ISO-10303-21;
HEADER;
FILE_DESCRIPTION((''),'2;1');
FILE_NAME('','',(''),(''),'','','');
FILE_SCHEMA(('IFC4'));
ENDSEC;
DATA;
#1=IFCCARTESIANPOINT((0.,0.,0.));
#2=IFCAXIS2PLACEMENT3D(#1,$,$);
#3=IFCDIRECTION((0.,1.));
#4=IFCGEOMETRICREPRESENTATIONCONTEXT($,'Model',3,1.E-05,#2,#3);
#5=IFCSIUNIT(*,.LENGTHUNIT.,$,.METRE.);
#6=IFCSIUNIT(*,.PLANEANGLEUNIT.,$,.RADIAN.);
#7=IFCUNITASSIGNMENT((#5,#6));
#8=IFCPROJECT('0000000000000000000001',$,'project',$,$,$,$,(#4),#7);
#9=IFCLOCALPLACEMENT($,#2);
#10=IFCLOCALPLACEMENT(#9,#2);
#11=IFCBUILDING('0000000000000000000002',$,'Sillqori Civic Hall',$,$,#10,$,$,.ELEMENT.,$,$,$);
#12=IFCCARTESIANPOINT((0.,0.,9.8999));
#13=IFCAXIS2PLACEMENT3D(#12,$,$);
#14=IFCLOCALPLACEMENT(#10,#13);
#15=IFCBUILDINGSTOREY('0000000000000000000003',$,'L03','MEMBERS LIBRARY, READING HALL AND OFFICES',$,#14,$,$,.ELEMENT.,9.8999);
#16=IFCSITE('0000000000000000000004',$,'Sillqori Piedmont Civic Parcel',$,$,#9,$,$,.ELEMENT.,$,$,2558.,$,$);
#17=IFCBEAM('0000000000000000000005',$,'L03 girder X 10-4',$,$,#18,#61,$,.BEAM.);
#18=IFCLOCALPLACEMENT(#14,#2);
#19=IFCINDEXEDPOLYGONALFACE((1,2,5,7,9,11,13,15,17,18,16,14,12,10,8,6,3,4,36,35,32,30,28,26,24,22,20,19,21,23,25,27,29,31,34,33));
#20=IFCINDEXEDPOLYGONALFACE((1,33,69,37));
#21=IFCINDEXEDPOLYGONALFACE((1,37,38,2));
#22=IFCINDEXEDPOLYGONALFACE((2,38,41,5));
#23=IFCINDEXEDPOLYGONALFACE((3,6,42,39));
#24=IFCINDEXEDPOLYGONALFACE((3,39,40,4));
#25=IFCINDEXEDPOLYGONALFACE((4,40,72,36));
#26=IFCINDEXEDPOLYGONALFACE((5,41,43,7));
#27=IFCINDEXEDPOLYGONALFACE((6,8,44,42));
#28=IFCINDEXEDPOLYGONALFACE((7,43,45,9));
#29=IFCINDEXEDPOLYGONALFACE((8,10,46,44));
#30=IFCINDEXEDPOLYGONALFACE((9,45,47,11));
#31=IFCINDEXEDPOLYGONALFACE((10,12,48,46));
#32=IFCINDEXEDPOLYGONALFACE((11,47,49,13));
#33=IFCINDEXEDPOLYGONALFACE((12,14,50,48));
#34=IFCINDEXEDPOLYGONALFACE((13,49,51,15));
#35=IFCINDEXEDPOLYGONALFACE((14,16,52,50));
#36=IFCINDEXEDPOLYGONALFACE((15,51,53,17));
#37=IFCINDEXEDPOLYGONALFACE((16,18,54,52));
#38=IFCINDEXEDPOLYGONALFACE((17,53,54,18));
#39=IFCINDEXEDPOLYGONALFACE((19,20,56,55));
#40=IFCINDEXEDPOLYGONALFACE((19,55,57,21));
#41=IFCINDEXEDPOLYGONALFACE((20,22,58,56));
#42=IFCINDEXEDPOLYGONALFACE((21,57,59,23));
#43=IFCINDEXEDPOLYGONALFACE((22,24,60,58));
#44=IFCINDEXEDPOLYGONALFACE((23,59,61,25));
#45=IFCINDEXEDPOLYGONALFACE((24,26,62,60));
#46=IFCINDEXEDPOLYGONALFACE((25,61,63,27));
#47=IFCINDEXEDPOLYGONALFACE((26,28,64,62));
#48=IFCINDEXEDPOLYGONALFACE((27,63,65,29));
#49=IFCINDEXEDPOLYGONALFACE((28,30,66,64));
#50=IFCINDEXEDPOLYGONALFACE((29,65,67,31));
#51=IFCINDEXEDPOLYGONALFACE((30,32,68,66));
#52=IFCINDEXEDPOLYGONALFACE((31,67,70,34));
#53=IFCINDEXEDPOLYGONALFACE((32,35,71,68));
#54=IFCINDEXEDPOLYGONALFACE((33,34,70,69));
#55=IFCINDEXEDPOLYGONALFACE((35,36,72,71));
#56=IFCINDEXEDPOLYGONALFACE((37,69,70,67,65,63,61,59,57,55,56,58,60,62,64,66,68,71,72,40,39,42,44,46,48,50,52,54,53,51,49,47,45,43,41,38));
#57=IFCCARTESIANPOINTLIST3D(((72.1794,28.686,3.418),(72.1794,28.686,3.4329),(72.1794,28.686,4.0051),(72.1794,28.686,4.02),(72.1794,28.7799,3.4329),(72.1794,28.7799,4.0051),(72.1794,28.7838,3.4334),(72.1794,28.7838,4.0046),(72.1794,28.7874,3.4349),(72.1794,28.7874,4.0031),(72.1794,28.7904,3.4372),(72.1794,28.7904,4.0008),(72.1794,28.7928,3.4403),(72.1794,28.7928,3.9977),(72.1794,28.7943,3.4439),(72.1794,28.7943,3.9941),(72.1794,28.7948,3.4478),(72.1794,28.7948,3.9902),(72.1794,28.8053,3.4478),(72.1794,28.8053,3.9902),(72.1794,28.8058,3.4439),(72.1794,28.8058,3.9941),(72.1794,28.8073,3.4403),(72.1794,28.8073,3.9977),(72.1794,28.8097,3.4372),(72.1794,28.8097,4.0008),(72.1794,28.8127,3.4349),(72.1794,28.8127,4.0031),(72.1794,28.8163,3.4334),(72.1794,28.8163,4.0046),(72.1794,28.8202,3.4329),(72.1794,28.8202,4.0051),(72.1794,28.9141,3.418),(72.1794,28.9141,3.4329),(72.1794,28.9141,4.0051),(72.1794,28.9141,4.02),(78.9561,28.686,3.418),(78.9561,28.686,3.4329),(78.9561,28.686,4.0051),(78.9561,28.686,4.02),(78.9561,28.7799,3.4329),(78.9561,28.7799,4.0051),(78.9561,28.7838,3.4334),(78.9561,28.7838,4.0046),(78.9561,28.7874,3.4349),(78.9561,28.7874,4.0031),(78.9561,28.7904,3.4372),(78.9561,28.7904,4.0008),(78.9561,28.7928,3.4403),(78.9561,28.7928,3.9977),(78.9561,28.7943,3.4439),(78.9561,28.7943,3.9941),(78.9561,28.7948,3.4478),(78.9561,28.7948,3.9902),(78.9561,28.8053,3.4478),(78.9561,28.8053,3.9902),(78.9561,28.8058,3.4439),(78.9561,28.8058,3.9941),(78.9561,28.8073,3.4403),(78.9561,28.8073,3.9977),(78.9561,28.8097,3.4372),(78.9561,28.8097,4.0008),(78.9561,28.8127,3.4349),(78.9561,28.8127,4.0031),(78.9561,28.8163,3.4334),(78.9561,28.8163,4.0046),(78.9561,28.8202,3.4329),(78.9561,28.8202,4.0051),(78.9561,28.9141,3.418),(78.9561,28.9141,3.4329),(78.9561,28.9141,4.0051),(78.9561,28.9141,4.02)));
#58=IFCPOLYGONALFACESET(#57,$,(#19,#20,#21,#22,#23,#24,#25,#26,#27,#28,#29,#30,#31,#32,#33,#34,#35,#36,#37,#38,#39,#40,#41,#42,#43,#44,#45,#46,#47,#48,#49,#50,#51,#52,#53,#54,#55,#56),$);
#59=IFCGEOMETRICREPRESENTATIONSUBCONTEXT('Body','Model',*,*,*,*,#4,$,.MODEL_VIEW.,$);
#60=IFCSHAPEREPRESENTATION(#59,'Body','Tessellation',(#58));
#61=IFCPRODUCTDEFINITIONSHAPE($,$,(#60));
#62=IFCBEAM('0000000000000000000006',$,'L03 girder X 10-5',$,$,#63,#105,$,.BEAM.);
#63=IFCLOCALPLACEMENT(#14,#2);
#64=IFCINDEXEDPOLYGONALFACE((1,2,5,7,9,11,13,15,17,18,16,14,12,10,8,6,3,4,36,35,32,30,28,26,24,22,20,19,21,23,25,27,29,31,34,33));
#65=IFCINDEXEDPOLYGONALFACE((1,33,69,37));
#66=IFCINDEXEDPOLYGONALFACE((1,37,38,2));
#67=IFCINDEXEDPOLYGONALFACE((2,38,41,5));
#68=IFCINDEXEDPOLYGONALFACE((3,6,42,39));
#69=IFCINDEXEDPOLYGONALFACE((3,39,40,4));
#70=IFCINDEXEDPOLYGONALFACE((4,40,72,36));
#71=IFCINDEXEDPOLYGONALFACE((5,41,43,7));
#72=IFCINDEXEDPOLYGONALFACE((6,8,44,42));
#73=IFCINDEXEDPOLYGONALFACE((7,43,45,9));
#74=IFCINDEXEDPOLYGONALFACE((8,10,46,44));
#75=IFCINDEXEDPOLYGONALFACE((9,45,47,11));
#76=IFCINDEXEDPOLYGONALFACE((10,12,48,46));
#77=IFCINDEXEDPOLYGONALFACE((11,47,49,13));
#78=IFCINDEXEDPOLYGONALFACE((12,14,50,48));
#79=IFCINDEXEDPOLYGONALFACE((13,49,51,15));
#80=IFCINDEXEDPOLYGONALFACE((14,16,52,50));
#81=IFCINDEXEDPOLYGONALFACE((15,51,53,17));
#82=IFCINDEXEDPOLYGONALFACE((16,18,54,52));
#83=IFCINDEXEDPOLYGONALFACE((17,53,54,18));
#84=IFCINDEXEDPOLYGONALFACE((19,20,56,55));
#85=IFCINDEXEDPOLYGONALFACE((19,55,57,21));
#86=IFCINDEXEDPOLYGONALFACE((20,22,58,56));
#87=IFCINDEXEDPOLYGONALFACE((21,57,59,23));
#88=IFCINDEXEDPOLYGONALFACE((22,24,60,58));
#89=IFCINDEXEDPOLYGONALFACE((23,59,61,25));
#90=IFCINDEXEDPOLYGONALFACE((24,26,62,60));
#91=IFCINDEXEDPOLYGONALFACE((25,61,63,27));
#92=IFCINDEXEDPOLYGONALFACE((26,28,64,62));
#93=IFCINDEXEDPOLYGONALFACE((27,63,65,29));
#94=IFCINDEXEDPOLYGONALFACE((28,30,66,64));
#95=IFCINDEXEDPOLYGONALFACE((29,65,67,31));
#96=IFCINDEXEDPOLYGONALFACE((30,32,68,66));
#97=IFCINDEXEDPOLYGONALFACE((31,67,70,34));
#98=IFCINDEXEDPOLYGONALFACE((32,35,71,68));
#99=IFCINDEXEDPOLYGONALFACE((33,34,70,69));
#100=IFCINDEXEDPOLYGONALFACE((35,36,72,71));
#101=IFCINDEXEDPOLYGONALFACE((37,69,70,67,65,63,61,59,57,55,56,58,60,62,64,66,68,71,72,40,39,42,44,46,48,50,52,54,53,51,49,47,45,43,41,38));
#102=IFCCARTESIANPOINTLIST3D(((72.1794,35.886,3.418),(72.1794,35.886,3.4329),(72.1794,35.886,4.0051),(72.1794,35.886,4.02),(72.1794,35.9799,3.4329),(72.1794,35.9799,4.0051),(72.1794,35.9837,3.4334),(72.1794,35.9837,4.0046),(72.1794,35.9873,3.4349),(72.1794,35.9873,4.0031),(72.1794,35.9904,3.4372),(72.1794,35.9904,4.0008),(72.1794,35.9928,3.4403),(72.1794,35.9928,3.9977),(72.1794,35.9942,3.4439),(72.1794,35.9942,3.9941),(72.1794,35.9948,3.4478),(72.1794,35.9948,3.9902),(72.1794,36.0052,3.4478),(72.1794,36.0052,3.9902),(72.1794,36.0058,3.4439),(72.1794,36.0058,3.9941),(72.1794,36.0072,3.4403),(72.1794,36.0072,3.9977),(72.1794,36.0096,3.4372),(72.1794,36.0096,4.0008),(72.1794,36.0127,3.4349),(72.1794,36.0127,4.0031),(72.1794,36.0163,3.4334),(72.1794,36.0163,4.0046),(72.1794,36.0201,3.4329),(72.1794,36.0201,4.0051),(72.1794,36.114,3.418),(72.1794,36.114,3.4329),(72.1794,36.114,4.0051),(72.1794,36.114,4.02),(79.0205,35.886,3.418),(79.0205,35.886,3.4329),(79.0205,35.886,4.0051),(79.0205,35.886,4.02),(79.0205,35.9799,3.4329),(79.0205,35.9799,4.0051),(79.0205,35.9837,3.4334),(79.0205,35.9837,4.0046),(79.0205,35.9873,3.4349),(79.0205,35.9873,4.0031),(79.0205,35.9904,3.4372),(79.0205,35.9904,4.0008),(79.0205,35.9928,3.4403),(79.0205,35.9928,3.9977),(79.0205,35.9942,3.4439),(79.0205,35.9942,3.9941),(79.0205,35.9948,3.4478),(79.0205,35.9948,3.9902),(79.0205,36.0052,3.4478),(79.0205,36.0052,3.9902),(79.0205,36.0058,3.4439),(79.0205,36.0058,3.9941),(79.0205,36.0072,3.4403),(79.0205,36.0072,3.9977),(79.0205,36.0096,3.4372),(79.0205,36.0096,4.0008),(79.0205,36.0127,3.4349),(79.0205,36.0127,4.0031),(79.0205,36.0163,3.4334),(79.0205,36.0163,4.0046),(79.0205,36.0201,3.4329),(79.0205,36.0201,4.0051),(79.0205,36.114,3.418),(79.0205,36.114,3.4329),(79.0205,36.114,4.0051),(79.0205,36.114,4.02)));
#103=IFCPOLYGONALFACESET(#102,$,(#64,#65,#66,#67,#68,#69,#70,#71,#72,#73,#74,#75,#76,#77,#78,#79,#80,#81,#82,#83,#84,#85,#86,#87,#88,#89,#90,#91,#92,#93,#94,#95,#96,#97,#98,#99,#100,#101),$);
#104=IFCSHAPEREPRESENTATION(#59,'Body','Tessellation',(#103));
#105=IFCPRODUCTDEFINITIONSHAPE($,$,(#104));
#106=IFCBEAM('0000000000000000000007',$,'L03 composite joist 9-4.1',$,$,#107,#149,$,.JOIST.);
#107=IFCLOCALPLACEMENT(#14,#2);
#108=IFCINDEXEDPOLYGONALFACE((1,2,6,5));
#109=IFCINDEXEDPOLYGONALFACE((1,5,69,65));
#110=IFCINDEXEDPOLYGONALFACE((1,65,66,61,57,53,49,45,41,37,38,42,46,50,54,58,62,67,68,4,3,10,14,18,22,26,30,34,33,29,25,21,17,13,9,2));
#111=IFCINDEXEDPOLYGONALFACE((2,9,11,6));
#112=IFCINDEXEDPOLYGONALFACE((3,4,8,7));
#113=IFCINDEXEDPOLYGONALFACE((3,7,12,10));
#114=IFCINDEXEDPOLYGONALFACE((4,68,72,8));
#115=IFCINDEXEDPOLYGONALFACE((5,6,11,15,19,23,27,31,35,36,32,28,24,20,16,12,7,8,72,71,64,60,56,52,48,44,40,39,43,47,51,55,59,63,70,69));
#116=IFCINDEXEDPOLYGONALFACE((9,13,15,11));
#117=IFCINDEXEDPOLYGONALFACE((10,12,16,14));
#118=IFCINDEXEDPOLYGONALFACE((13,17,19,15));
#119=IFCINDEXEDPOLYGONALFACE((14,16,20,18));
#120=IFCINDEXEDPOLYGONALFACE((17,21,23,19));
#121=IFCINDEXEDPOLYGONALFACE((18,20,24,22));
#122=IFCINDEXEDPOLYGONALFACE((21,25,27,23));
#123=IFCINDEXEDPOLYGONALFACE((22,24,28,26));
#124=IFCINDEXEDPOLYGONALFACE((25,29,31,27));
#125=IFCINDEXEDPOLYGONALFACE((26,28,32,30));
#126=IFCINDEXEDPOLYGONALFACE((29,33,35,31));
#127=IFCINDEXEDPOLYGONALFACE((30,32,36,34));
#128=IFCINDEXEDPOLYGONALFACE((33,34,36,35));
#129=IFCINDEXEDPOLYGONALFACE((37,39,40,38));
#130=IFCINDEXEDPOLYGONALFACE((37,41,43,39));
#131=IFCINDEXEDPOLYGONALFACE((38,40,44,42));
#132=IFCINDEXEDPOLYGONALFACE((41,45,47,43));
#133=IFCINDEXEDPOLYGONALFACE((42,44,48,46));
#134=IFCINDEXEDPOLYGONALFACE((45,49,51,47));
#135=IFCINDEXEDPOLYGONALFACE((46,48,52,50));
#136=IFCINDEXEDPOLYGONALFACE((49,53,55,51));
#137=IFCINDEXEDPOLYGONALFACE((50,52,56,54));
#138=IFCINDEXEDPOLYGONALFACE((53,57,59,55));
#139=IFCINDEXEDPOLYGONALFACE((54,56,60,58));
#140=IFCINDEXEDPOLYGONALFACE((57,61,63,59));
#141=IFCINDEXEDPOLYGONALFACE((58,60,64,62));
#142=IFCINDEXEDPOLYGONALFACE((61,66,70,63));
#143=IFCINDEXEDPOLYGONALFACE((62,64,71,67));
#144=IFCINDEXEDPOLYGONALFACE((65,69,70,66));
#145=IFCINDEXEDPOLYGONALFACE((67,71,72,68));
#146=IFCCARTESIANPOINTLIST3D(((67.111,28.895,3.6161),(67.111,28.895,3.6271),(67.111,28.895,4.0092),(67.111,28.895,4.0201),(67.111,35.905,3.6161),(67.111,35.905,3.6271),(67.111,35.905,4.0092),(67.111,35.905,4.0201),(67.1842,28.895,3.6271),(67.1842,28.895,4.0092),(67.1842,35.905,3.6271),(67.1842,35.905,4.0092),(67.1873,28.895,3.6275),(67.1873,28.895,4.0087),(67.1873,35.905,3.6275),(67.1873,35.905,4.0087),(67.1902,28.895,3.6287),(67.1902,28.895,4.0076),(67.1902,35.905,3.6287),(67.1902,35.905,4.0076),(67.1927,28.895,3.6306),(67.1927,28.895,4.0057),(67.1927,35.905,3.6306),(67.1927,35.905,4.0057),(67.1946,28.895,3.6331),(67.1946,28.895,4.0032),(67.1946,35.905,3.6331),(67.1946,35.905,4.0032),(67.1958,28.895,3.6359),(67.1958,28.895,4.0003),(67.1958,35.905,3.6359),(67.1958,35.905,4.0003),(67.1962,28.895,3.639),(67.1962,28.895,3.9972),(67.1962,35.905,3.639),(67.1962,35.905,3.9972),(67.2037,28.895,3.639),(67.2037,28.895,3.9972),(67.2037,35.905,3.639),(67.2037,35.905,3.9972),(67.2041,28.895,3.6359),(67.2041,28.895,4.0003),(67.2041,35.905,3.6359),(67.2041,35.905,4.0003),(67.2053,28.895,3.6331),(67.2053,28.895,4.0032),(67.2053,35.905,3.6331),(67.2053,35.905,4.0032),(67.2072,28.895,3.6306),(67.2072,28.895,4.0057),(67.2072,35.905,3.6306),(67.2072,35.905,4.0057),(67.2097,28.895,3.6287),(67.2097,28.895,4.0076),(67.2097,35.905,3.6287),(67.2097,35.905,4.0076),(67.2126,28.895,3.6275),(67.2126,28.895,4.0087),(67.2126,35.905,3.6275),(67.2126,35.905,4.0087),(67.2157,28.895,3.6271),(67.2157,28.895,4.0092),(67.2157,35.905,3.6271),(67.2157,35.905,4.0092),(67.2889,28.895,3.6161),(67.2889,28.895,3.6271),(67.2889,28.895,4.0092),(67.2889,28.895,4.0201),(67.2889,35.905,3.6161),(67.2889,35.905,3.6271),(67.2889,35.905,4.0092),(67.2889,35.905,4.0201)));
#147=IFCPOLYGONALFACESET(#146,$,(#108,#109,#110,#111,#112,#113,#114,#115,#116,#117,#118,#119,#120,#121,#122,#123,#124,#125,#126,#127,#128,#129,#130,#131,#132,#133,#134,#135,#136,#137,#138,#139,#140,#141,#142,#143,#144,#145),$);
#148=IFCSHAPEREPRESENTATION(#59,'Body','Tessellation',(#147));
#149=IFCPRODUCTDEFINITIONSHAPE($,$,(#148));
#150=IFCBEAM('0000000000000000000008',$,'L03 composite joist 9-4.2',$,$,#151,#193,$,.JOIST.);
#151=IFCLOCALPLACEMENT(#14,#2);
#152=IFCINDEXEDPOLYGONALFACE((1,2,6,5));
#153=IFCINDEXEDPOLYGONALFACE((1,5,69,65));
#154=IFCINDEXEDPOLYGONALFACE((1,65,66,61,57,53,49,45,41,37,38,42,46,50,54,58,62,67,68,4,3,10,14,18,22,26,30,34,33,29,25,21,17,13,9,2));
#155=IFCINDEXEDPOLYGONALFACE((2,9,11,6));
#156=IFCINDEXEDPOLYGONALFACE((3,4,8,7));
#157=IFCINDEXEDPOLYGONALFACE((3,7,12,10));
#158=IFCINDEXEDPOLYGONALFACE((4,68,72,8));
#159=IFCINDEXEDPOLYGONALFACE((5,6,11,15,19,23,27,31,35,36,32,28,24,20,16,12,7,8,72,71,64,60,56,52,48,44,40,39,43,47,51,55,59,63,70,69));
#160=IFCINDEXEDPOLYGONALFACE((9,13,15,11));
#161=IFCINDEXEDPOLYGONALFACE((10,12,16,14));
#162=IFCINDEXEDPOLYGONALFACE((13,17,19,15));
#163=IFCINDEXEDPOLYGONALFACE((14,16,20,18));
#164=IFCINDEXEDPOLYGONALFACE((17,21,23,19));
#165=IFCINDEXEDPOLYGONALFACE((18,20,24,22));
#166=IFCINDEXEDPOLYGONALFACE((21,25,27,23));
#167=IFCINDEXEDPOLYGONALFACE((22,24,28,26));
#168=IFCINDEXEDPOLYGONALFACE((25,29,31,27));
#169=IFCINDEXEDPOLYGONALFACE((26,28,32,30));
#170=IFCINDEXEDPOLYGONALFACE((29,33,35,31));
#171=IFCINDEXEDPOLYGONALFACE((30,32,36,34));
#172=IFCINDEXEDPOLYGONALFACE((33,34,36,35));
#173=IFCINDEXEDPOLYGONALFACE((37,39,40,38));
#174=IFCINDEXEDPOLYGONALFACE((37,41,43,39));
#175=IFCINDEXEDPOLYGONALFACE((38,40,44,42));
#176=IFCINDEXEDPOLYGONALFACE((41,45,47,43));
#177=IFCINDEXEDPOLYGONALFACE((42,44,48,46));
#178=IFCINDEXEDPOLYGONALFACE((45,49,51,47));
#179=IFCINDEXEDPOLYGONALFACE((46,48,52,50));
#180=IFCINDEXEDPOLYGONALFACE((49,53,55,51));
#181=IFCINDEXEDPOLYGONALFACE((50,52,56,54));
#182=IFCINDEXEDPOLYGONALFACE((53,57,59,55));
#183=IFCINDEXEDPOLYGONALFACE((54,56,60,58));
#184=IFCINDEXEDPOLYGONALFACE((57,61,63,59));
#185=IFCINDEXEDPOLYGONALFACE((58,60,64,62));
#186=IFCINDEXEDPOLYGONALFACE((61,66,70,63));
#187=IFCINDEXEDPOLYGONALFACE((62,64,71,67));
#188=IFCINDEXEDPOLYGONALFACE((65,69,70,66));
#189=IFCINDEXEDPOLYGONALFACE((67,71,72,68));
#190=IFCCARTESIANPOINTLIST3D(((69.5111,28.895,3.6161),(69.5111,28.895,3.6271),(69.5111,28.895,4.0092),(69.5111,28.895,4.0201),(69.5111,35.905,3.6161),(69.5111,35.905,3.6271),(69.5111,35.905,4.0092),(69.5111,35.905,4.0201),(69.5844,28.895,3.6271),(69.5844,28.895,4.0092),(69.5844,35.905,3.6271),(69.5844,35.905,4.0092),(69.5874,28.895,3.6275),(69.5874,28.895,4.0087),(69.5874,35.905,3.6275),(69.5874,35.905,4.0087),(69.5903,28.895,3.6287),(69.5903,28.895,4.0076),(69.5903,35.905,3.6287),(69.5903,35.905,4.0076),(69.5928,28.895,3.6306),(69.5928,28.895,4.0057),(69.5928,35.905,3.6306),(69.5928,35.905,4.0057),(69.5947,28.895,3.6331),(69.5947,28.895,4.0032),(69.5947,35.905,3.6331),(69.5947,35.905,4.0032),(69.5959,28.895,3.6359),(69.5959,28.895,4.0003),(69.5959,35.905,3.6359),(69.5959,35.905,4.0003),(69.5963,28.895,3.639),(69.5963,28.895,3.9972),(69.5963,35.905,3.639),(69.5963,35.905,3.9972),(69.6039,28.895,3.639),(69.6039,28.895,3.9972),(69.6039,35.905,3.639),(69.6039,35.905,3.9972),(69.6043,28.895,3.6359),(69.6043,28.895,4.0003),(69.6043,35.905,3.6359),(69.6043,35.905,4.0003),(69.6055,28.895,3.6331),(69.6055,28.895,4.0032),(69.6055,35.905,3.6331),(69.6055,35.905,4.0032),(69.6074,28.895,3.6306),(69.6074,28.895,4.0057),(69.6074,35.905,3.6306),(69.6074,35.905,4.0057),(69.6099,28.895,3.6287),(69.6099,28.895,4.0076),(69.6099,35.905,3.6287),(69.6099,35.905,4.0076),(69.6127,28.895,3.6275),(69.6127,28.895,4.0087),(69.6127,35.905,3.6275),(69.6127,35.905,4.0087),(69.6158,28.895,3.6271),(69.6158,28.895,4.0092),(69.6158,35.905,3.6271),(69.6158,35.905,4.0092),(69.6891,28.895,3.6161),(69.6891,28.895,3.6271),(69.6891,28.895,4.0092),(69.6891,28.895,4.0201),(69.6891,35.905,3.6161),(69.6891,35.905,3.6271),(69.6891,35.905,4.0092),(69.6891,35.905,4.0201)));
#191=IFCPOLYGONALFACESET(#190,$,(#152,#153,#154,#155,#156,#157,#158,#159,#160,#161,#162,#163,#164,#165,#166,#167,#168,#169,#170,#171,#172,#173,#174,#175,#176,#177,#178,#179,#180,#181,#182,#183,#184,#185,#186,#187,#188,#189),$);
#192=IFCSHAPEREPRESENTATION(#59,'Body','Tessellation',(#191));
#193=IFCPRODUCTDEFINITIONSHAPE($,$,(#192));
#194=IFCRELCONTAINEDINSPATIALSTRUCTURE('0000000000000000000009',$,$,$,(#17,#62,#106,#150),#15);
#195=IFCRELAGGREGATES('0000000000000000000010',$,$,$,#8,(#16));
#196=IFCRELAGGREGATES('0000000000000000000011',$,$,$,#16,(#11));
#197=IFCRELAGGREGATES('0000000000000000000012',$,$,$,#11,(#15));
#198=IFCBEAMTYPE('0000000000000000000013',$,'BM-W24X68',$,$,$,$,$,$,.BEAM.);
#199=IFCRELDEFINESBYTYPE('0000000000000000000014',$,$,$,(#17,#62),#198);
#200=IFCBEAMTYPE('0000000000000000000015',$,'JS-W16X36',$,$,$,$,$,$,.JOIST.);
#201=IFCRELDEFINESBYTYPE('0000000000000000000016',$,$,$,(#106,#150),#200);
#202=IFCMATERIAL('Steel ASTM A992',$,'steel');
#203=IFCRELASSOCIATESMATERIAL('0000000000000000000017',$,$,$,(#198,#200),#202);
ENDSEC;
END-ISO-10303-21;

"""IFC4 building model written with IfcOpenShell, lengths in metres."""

from ifc_helpers import new_model, si_unit, direction, frame, origin, origin_2d, place, context, subcontext, project, spatial, i_section, extrude, material, material_profile, profile_set, type_object, element, save


model = new_model("IFC4")

# Units and contexts
model_context = context("Model", 3, precision=1e-05, world=origin(), true_north=direction((0.0, 1.0)))
body_context = subcontext(model_context, "Body", "Model", "MODEL_VIEW")
ifc_project = project(units=[si_unit("LENGTHUNIT", "METRE"), si_unit("PLANEANGLEUNIT", "RADIAN")], contexts=[model_context])

# Site, building, storey
site_placement = place(None, origin())
site = spatial("IfcSite", under=ifc_project, at=site_placement, Name="Sillqori Piedmont Civic Parcel", CompositionType="ELEMENT", RefElevation=2558.0)
building_placement = place(site_placement, origin())
building = spatial("IfcBuilding", under=site, at=building_placement, Name="Sillqori Civic Hall", CompositionType="ELEMENT")
storey_placement = place(building_placement, frame((0.0, 0.0, 9.8999)))
storey = spatial("IfcBuildingStorey", under=building, at=storey_placement, Name="L03", Description="MEMBERS LIBRARY, READING HALL AND OFFICES", CompositionType="ELEMENT", Elevation=9.8999)

# Shared definitions
ifc_material_1 = material(Name="Steel ASTM A992", Category="steel")

# Beams
ifc_material_profile_1 = material_profile(ifc_material_1, i_section(OverallWidth=0.228, OverallDepth=0.6021, WebThickness=0.0105, FlangeThickness=0.0149, FilletRadius=0.0149, at=origin_2d()), Name="W24X68")
ifc_profile_set_1 = profile_set([ifc_material_profile_1], Name="Steel ASTM A992")
beam_type_1 = type_object("IfcBeamType", Name="BM-W24X68", PredefinedType="BEAM", material=ifc_profile_set_1)
beam_1_placement = place(storey_placement, frame((72.1794, 28.8, 3.719), z_axis=(1.0, 0.0, 0.0), x_axis=(0.0, 1.0, 0.0)))
element("IfcBeam", 1, at=beam_1_placement, inside=storey, type_object=beam_type_1, Name="L03 girder X 10-4", PredefinedType="BEAM", context=body_context, shape_type="SweptSolid", body=[
    extrude(i_section(OverallWidth=0.228, OverallDepth=0.6021, WebThickness=0.0105, FlangeThickness=0.0149, FilletRadius=0.0149, at=origin_2d()), origin(), (0.0, 0.0, 1.0), 6.7766),
])
beam_2_placement = place(storey_placement, frame((72.1794, 36.0, 3.719), z_axis=(1.0, 0.0, 0.0), x_axis=(0.0, 1.0, 0.0)))
element("IfcBeam", 2, at=beam_2_placement, inside=storey, type_object=beam_type_1, Name="L03 girder X 10-5", PredefinedType="BEAM", context=body_context, shape_type="SweptSolid", body=[
    extrude(i_section(OverallWidth=0.228, OverallDepth=0.6021, WebThickness=0.0105, FlangeThickness=0.0149, FilletRadius=0.0149, at=origin_2d()), origin(), (0.0, 0.0, 1.0), 6.8411),
])
ifc_material_profile_2 = material_profile(ifc_material_1, i_section(OverallWidth=0.178, OverallDepth=0.4041, WebThickness=0.0076, FlangeThickness=0.011, FilletRadius=0.012, at=origin_2d()), Name="W16X36")
ifc_profile_set_2 = profile_set([ifc_material_profile_2], Name="Steel ASTM A992")
beam_type_2 = type_object("IfcBeamType", Name="JS-W16X36", PredefinedType="JOIST", material=ifc_profile_set_2)
for number, where, z_axis, x_axis, name in (
    (3, (67.2, 28.895, 3.8181), (0.0, 1.0, 0.0), (-1.0, 0.0, 0.0), "L03 composite joist 9-4.1"),
    (4, (69.6001, 28.895, 3.8181), (0.0, 1.0, 0.0), (-1.0, 0.0, 0.0), "L03 composite joist 9-4.2"),
):
    element("IfcBeam", number, at=place(storey_placement, frame(where, z_axis=z_axis, x_axis=x_axis)), inside=storey, type_object=beam_type_2, Name=name, PredefinedType="JOIST", context=body_context, shape_type="SweptSolid", body=[
        extrude(i_section(OverallWidth=0.178, OverallDepth=0.4041, WebThickness=0.0076, FlangeThickness=0.011, FilletRadius=0.012, at=origin_2d()), origin(), (0.0, 0.0, 1.0), 7.01),
    ])

save(model, "model.ifc")
